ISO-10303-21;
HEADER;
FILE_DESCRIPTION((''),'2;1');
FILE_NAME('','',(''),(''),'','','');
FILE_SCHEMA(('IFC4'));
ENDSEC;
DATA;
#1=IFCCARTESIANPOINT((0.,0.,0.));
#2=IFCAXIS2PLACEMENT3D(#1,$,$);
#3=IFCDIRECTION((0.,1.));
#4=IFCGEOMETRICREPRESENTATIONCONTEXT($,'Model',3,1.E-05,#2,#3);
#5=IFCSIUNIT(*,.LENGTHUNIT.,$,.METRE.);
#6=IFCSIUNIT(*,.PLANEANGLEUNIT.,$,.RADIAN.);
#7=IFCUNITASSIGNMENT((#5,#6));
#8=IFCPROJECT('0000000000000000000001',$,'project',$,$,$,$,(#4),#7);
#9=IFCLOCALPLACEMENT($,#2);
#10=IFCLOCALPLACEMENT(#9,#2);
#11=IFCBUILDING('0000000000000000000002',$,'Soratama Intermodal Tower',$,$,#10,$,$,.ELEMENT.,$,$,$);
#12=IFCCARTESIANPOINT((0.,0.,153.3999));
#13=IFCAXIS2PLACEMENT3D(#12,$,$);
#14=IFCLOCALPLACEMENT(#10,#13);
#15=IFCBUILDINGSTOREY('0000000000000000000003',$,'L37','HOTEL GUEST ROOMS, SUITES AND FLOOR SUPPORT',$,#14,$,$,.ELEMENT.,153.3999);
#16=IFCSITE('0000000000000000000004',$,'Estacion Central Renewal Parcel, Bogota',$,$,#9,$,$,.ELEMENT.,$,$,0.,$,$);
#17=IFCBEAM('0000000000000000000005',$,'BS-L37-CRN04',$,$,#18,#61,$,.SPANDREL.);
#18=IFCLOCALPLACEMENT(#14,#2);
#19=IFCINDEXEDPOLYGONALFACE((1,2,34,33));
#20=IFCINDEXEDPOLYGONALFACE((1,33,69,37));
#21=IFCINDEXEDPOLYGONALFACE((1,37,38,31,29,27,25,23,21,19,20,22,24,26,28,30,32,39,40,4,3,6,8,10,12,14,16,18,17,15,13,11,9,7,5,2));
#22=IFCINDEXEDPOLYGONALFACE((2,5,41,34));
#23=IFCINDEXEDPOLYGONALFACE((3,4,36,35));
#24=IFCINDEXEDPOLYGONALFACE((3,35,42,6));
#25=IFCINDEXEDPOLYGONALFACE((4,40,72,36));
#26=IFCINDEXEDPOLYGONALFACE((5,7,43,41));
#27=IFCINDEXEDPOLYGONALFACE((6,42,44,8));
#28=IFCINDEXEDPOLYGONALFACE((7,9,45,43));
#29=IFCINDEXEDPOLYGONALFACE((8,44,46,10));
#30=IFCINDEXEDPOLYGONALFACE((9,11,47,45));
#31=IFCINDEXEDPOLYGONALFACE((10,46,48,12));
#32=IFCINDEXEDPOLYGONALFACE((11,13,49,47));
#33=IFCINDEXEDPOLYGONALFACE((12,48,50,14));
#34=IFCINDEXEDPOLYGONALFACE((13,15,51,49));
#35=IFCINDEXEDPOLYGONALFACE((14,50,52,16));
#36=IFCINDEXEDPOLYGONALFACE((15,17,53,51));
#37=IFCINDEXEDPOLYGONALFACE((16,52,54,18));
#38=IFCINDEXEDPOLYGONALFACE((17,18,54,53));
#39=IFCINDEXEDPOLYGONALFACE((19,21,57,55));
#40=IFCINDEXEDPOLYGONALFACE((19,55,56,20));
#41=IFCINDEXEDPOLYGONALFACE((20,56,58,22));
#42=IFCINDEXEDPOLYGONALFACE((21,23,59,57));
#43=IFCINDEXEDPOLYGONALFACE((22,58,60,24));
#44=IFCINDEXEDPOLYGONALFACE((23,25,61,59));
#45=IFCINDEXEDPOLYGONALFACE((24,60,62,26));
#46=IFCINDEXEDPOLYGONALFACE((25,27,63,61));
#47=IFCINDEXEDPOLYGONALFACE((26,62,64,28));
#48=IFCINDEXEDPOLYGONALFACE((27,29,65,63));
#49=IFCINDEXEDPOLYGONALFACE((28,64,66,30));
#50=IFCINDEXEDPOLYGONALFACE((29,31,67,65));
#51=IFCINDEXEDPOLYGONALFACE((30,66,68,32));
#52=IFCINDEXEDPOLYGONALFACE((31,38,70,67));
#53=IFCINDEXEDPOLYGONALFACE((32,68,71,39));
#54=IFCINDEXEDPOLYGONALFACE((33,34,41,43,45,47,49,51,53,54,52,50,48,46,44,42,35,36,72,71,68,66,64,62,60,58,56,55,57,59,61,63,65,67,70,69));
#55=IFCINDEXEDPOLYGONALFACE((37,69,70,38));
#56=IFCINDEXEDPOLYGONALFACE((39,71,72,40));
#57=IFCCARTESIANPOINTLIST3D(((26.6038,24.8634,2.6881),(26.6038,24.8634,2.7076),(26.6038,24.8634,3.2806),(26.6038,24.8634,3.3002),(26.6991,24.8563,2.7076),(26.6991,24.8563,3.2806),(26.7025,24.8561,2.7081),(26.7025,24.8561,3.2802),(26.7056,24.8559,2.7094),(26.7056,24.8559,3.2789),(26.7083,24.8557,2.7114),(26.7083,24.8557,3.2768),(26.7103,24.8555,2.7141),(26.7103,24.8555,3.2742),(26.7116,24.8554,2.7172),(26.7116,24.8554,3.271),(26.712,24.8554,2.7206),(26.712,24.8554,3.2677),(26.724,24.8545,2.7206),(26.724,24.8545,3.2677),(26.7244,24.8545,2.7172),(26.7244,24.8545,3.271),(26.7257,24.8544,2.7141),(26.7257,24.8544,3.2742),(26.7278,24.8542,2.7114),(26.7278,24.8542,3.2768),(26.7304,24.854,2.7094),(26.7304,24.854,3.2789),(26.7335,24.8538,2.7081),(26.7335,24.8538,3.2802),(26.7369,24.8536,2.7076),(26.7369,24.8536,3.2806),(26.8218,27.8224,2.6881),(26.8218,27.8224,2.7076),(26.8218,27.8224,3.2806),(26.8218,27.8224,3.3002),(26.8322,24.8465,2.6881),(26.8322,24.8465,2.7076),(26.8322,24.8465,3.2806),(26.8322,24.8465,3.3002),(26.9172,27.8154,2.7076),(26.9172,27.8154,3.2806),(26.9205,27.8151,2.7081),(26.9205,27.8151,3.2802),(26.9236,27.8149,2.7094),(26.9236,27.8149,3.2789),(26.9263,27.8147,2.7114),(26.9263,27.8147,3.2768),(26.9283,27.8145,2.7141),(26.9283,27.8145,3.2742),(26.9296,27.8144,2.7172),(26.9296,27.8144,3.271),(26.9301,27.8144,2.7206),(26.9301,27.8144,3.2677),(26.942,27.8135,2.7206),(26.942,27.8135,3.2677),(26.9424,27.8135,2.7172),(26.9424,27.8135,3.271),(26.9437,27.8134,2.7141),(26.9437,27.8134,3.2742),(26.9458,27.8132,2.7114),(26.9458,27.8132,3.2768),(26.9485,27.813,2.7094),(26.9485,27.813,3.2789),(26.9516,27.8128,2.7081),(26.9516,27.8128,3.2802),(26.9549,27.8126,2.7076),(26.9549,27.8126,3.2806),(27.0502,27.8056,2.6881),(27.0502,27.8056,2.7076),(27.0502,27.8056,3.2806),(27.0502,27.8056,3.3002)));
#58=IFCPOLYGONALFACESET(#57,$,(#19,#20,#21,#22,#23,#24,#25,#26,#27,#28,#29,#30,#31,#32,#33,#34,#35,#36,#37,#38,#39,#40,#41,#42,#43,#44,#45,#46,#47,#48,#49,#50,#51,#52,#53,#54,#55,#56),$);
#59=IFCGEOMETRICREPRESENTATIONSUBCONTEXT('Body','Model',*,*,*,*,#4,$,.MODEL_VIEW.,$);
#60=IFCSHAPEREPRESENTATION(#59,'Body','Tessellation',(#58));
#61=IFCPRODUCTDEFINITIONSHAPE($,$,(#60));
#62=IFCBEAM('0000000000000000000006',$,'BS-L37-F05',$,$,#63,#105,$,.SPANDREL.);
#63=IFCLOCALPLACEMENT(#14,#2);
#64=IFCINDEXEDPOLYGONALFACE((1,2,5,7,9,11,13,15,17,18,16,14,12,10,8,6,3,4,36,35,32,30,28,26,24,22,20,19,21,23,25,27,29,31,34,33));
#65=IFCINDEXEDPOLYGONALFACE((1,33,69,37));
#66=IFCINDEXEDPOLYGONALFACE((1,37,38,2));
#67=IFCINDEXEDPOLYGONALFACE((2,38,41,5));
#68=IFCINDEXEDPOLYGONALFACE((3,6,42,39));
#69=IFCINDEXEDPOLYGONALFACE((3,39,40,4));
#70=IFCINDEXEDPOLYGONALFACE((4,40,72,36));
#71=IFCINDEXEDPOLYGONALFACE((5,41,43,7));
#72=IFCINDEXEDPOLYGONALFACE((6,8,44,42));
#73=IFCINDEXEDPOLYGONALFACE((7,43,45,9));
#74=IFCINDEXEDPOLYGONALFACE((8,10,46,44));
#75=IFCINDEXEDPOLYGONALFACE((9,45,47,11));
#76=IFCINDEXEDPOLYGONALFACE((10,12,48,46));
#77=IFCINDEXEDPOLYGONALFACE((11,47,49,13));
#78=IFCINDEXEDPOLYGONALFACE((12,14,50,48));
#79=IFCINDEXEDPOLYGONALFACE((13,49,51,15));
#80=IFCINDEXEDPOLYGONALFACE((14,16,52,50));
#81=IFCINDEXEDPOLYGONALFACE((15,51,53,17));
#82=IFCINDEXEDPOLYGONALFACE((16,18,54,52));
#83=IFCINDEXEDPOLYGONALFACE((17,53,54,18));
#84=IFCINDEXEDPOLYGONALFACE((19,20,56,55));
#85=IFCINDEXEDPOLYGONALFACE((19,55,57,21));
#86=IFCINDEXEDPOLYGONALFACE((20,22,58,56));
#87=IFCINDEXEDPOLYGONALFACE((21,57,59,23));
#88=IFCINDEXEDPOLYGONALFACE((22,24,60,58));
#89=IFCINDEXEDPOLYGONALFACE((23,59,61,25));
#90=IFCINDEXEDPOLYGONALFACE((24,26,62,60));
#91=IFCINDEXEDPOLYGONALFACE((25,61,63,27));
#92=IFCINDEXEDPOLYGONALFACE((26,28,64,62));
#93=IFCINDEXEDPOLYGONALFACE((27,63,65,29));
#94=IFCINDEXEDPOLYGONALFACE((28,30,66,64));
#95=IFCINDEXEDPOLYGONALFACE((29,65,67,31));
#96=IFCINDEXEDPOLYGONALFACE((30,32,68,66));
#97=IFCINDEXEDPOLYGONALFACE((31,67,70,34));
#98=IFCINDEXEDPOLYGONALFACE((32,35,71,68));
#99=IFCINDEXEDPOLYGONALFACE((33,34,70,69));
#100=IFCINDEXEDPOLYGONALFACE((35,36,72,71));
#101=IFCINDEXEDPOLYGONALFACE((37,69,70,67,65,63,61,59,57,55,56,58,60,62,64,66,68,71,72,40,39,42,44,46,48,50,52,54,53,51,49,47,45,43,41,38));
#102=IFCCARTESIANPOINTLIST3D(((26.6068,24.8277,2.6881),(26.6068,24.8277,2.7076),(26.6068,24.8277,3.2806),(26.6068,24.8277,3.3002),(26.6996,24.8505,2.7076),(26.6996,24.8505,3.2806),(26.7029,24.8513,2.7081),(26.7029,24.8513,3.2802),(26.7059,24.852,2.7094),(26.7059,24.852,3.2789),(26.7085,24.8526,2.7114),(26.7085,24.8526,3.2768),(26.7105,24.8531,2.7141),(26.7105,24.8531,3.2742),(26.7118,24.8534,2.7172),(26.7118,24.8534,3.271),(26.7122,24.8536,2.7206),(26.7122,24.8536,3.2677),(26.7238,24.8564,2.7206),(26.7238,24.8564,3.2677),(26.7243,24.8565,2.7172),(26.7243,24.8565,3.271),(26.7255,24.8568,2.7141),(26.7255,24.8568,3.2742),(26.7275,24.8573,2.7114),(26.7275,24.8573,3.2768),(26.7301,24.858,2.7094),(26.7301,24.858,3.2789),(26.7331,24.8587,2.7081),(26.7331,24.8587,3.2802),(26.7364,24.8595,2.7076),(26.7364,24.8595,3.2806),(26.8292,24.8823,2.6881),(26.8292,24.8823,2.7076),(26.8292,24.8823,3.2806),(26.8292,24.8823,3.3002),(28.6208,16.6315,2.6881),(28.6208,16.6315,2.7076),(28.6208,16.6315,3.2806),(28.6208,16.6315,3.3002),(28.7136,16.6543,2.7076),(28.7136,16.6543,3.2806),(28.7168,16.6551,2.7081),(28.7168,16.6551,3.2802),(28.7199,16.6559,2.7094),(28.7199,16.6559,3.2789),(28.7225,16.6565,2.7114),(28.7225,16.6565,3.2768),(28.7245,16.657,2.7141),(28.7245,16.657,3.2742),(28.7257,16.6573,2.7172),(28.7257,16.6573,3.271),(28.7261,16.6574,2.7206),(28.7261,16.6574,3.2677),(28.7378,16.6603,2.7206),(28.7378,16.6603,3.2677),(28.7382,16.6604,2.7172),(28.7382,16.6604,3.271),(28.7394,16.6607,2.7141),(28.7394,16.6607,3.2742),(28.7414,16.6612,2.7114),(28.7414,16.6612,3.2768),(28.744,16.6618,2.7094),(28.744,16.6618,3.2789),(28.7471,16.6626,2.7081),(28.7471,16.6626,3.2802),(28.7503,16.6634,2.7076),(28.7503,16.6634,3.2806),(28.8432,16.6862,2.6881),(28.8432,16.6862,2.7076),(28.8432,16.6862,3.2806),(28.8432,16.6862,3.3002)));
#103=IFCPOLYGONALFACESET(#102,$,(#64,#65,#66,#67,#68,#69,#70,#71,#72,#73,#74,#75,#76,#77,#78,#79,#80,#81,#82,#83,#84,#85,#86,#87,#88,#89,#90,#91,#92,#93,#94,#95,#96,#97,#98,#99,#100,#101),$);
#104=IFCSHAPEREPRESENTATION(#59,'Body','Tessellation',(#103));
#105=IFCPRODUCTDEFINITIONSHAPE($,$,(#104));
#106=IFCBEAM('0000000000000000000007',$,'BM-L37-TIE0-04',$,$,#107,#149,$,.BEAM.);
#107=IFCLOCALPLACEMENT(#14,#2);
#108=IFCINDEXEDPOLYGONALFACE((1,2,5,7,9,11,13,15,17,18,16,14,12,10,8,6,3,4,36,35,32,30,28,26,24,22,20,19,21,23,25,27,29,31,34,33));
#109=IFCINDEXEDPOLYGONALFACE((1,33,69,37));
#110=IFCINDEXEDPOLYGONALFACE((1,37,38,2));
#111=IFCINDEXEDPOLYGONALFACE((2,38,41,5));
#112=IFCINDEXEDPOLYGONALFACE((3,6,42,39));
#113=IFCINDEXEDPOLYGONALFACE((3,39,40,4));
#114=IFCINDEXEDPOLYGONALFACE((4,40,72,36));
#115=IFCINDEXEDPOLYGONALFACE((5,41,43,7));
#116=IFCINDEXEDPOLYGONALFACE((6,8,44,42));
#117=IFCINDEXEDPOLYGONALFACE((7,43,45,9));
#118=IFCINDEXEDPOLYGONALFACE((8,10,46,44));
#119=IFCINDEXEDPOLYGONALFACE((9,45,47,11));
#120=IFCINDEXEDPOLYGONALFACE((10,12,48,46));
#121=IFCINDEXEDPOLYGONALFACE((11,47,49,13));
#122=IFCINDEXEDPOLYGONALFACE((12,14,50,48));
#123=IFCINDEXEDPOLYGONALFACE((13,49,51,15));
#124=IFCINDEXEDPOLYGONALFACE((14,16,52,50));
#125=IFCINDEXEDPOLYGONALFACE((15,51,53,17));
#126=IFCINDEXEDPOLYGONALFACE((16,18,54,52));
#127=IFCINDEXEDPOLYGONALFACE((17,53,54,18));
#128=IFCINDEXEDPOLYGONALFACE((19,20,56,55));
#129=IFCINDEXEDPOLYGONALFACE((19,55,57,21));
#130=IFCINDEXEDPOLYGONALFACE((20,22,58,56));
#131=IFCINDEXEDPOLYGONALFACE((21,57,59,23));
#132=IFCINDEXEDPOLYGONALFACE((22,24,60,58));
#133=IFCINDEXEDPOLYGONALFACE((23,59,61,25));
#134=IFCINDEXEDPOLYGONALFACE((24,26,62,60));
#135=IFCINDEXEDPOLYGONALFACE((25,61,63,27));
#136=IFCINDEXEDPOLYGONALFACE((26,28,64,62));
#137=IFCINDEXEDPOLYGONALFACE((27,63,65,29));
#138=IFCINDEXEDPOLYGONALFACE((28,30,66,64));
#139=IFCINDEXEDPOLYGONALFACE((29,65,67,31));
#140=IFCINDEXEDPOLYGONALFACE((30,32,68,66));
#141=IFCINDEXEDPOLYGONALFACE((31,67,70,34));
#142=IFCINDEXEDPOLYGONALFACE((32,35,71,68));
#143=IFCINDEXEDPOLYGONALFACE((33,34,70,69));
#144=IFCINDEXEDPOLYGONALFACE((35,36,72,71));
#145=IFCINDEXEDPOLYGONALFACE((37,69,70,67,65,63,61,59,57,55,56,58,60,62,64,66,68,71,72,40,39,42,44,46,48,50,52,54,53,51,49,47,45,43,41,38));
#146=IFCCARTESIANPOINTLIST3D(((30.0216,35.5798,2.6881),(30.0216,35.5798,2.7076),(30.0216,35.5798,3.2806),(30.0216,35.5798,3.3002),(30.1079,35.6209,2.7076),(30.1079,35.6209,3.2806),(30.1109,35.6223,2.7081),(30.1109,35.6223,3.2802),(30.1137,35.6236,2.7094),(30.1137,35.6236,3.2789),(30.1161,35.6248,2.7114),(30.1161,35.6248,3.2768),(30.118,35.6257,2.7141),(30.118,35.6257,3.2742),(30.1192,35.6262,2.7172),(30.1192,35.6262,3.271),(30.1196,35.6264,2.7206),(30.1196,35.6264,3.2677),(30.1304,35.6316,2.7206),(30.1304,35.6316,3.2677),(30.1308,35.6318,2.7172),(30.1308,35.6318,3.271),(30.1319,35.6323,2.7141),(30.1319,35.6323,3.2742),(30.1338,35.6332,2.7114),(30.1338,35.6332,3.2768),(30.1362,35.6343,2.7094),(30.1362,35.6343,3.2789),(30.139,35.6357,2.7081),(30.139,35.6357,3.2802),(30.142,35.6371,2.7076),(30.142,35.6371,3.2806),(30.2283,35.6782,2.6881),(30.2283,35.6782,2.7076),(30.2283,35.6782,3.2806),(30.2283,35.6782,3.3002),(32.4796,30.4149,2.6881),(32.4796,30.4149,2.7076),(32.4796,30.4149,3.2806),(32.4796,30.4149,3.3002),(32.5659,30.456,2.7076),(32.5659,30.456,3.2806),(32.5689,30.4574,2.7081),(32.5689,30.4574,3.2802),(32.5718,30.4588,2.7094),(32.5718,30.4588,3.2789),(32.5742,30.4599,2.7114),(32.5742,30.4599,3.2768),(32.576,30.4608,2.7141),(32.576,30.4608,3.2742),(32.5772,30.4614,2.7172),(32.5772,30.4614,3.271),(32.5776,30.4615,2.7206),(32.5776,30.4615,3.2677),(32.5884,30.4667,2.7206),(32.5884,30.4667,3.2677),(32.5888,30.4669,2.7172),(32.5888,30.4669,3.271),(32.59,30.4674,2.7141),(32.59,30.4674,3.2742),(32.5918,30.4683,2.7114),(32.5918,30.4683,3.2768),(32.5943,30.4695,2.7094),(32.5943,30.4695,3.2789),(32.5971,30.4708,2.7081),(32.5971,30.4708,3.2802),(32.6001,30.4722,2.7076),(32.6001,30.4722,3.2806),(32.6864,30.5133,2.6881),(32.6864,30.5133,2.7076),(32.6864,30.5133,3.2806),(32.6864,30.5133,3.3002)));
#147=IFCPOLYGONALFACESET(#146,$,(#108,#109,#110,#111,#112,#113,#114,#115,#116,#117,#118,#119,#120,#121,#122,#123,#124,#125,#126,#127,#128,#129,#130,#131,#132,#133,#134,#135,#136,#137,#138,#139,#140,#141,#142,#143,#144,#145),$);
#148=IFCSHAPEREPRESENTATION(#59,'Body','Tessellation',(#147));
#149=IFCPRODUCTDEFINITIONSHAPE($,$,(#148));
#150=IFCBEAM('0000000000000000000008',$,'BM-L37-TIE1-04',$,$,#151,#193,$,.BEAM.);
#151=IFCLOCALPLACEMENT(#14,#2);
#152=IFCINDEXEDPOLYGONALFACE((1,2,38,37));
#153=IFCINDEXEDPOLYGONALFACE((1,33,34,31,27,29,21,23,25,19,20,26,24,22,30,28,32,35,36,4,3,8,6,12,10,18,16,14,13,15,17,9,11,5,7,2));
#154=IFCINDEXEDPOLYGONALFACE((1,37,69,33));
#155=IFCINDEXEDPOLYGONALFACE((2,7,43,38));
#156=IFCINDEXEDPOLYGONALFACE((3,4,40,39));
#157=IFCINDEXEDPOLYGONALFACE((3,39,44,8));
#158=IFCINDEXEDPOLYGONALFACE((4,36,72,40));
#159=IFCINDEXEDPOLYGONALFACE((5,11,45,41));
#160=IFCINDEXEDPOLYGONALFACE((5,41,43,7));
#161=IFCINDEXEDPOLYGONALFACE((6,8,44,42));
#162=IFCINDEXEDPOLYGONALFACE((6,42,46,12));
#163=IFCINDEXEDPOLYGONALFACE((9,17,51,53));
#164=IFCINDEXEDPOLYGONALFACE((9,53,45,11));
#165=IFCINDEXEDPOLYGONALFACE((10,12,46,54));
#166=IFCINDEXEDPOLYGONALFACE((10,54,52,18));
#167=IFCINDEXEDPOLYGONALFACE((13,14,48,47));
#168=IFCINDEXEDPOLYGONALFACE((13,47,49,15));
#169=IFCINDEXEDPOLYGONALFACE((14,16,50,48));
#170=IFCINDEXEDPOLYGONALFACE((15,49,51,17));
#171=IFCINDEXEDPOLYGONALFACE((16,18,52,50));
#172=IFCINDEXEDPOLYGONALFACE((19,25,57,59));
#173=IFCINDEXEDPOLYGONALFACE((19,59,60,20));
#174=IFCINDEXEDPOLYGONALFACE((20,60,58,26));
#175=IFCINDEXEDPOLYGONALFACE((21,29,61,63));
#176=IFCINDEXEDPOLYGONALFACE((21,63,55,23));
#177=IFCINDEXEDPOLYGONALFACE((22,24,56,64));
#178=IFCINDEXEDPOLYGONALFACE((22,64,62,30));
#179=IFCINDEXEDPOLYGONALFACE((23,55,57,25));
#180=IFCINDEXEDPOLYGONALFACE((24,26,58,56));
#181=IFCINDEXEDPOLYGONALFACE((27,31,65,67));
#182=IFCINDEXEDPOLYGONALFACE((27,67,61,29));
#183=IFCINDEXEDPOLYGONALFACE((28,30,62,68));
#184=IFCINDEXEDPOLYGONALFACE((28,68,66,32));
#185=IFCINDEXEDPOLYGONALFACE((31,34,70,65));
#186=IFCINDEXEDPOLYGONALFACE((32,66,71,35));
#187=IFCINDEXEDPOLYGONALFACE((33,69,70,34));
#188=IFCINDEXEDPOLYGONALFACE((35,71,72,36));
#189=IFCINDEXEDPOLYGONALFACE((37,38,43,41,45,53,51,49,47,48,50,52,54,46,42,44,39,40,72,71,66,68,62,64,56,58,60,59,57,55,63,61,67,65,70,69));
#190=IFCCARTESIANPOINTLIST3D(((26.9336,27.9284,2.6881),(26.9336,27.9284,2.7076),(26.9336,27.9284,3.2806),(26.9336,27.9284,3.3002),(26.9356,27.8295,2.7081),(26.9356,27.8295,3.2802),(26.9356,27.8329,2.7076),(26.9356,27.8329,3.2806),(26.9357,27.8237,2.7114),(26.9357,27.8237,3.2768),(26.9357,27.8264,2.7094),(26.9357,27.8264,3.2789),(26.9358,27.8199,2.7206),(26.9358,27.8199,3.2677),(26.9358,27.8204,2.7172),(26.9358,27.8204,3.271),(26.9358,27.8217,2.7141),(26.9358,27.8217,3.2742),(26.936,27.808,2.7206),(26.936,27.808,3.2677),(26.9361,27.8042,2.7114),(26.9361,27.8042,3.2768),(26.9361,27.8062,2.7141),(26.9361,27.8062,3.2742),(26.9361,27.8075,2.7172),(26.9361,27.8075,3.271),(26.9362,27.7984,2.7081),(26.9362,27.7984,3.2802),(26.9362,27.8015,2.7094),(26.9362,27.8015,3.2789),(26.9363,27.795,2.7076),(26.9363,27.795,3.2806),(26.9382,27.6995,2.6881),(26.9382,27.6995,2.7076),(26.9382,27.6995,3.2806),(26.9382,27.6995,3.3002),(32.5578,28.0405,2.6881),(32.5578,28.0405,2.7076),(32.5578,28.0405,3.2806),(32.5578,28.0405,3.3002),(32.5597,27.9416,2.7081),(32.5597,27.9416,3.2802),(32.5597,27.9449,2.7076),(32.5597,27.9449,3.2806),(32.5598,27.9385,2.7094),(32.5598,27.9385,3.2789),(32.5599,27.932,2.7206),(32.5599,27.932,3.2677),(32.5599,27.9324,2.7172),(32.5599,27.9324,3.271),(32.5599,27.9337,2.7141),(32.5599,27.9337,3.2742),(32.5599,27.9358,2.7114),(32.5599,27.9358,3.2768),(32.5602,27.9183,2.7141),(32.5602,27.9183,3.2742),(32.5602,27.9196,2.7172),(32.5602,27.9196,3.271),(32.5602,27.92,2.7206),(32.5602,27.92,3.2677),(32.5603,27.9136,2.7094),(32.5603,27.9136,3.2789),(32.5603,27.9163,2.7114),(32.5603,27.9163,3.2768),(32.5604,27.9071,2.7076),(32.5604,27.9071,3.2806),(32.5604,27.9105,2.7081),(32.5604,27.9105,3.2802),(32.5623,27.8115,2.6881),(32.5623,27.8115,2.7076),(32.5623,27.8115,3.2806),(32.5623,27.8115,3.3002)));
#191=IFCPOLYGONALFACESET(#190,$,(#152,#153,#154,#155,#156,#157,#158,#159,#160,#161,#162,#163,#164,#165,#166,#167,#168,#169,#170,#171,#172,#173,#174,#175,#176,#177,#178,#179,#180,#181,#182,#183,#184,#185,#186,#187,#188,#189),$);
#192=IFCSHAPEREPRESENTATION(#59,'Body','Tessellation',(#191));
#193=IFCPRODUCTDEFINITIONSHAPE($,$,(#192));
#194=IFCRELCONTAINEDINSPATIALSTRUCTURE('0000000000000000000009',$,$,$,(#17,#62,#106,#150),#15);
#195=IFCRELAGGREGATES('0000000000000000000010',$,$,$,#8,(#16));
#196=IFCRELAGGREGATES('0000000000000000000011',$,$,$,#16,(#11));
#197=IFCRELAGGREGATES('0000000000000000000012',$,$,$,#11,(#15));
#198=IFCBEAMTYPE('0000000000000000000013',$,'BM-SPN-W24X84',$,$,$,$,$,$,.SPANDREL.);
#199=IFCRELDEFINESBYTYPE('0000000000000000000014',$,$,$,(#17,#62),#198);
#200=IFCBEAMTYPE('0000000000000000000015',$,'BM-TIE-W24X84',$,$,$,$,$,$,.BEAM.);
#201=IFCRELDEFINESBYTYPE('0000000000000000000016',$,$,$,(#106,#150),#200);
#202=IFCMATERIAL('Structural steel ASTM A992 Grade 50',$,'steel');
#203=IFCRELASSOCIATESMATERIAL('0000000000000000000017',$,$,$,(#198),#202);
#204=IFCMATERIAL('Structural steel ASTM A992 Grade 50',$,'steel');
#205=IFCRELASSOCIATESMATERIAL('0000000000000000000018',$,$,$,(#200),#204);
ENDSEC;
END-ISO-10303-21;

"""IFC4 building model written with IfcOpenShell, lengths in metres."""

from ifc_helpers import new_model, si_unit, direction, frame, origin, origin_2d, place, context, subcontext, project, spatial, i_section, extrude, material, material_profile, profile_set, type_object, element, save


model = new_model("IFC4")

# Units and contexts
model_context = context("Model", 3, precision=1e-05, world=origin(), true_north=direction((0.0, 1.0)))
body_context = subcontext(model_context, "Body", "Model", "MODEL_VIEW")
ifc_project = project(units=[si_unit("LENGTHUNIT", "METRE"), si_unit("PLANEANGLEUNIT", "RADIAN")], contexts=[model_context])

# Site, building, storey
site_placement = place(None, origin())
site = spatial("IfcSite", under=ifc_project, at=site_placement, Name="Estacion Central Renewal Parcel, Bogota", CompositionType="ELEMENT", RefElevation=0.0)
building_placement = place(site_placement, origin())
building = spatial("IfcBuilding", under=site, at=building_placement, Name="Soratama Intermodal Tower", CompositionType="ELEMENT")
storey_placement = place(building_placement, frame((0.0, 0.0, 153.3999)))
storey = spatial("IfcBuildingStorey", under=building, at=storey_placement, Name="L37", Description="HOTEL GUEST ROOMS, SUITES AND FLOOR SUPPORT", CompositionType="ELEMENT", Elevation=153.3999)

# Beams
ifc_material_1 = material(Name="Structural steel ASTM A992 Grade 50", Category="steel")
ifc_material_profile_1 = material_profile(ifc_material_1, i_section(OverallWidth=0.229, OverallDepth=0.6121, WebThickness=0.012, FlangeThickness=0.0195, FilletRadius=0.0129, at=origin_2d()), Name="W24X84")
ifc_profile_set_1 = profile_set([ifc_material_profile_1], Name="Structural steel ASTM A992 Grade 50")
beam_type_1 = type_object("IfcBeamType", Name="BM-SPN-W24X84", PredefinedType="SPANDREL", material=ifc_profile_set_1)
beam_1_placement = place(storey_placement, frame((26.936, 27.814, 2.9941), z_axis=(-0.073481, -0.997297, 0.0), x_axis=(0.997297, -0.073481, 0.0)))
element("IfcBeam", 1, at=beam_1_placement, inside=storey, type_object=beam_type_1, Name="BS-L37-CRN04", PredefinedType="SPANDREL", context=body_context, shape_type="SweptSolid", body=[
    extrude(i_section(OverallWidth=0.229, OverallDepth=0.6121, WebThickness=0.012, FlangeThickness=0.0195, FilletRadius=0.0129, at=origin_2d()), origin(), (0.0, 0.0, 1.0), 2.967),
])
beam_2_placement = place(storey_placement, frame((26.718, 24.855, 2.9941), z_axis=(0.23862, -0.971113, 0.0), x_axis=(0.971113, 0.23862, 0.0)))
element("IfcBeam", 2, at=beam_2_placement, inside=storey, type_object=beam_type_1, Name="BS-L37-F05", PredefinedType="SPANDREL", context=body_context, shape_type="SweptSolid", body=[
    extrude(i_section(OverallWidth=0.229, OverallDepth=0.6121, WebThickness=0.012, FlangeThickness=0.0195, FilletRadius=0.0129, at=origin_2d()), origin(), (0.0, 0.0, 1.0), 8.4399),
])
ifc_material_2 = material(Name="Structural steel ASTM A992 Grade 50", Category="steel")
ifc_material_profile_2 = material_profile(ifc_material_2, i_section(OverallWidth=0.229, OverallDepth=0.6121, WebThickness=0.012, FlangeThickness=0.0195, FilletRadius=0.0129, at=origin_2d()), Name="W24X84")
ifc_profile_set_2 = profile_set([ifc_material_profile_2], Name="Structural steel ASTM A992 Grade 50")
beam_type_2 = type_object("IfcBeamType", Name="BM-TIE-W24X84", PredefinedType="BEAM", material=ifc_profile_set_2)
beam_3_placement = place(storey_placement, frame((32.583, 30.4641, 2.9941), z_axis=(-0.429731, 0.902957, 0.0), x_axis=(-0.902957, -0.429731, 0.0)))
element("IfcBeam", 3, at=beam_3_placement, inside=storey, type_object=beam_type_2, Name="BM-L37-TIE0-04", PredefinedType="BEAM", context=body_context, shape_type="SweptSolid", body=[
    extrude(i_section(OverallWidth=0.229, OverallDepth=0.6121, WebThickness=0.012, FlangeThickness=0.0195, FilletRadius=0.0129, at=origin_2d()), origin(), (0.0, 0.0, 1.0), 5.72),
])
beam_4_placement = place(storey_placement, frame((32.5601, 27.926, 2.9941), z_axis=(-0.999802, -0.019921, 0.0), x_axis=(0.019921, -0.999802, 0.0)))
element("IfcBeam", 4, at=beam_4_placement, inside=storey, type_object=beam_type_2, Name="BM-L37-TIE1-04", PredefinedType="BEAM", context=body_context, shape_type="SweptSolid", body=[
    extrude(i_section(OverallWidth=0.229, OverallDepth=0.6121, WebThickness=0.012, FlangeThickness=0.0195, FilletRadius=0.0129, at=origin_2d()), origin(), (0.0, 0.0, 1.0), 5.6252),
])

save(model, "model.ifc")
